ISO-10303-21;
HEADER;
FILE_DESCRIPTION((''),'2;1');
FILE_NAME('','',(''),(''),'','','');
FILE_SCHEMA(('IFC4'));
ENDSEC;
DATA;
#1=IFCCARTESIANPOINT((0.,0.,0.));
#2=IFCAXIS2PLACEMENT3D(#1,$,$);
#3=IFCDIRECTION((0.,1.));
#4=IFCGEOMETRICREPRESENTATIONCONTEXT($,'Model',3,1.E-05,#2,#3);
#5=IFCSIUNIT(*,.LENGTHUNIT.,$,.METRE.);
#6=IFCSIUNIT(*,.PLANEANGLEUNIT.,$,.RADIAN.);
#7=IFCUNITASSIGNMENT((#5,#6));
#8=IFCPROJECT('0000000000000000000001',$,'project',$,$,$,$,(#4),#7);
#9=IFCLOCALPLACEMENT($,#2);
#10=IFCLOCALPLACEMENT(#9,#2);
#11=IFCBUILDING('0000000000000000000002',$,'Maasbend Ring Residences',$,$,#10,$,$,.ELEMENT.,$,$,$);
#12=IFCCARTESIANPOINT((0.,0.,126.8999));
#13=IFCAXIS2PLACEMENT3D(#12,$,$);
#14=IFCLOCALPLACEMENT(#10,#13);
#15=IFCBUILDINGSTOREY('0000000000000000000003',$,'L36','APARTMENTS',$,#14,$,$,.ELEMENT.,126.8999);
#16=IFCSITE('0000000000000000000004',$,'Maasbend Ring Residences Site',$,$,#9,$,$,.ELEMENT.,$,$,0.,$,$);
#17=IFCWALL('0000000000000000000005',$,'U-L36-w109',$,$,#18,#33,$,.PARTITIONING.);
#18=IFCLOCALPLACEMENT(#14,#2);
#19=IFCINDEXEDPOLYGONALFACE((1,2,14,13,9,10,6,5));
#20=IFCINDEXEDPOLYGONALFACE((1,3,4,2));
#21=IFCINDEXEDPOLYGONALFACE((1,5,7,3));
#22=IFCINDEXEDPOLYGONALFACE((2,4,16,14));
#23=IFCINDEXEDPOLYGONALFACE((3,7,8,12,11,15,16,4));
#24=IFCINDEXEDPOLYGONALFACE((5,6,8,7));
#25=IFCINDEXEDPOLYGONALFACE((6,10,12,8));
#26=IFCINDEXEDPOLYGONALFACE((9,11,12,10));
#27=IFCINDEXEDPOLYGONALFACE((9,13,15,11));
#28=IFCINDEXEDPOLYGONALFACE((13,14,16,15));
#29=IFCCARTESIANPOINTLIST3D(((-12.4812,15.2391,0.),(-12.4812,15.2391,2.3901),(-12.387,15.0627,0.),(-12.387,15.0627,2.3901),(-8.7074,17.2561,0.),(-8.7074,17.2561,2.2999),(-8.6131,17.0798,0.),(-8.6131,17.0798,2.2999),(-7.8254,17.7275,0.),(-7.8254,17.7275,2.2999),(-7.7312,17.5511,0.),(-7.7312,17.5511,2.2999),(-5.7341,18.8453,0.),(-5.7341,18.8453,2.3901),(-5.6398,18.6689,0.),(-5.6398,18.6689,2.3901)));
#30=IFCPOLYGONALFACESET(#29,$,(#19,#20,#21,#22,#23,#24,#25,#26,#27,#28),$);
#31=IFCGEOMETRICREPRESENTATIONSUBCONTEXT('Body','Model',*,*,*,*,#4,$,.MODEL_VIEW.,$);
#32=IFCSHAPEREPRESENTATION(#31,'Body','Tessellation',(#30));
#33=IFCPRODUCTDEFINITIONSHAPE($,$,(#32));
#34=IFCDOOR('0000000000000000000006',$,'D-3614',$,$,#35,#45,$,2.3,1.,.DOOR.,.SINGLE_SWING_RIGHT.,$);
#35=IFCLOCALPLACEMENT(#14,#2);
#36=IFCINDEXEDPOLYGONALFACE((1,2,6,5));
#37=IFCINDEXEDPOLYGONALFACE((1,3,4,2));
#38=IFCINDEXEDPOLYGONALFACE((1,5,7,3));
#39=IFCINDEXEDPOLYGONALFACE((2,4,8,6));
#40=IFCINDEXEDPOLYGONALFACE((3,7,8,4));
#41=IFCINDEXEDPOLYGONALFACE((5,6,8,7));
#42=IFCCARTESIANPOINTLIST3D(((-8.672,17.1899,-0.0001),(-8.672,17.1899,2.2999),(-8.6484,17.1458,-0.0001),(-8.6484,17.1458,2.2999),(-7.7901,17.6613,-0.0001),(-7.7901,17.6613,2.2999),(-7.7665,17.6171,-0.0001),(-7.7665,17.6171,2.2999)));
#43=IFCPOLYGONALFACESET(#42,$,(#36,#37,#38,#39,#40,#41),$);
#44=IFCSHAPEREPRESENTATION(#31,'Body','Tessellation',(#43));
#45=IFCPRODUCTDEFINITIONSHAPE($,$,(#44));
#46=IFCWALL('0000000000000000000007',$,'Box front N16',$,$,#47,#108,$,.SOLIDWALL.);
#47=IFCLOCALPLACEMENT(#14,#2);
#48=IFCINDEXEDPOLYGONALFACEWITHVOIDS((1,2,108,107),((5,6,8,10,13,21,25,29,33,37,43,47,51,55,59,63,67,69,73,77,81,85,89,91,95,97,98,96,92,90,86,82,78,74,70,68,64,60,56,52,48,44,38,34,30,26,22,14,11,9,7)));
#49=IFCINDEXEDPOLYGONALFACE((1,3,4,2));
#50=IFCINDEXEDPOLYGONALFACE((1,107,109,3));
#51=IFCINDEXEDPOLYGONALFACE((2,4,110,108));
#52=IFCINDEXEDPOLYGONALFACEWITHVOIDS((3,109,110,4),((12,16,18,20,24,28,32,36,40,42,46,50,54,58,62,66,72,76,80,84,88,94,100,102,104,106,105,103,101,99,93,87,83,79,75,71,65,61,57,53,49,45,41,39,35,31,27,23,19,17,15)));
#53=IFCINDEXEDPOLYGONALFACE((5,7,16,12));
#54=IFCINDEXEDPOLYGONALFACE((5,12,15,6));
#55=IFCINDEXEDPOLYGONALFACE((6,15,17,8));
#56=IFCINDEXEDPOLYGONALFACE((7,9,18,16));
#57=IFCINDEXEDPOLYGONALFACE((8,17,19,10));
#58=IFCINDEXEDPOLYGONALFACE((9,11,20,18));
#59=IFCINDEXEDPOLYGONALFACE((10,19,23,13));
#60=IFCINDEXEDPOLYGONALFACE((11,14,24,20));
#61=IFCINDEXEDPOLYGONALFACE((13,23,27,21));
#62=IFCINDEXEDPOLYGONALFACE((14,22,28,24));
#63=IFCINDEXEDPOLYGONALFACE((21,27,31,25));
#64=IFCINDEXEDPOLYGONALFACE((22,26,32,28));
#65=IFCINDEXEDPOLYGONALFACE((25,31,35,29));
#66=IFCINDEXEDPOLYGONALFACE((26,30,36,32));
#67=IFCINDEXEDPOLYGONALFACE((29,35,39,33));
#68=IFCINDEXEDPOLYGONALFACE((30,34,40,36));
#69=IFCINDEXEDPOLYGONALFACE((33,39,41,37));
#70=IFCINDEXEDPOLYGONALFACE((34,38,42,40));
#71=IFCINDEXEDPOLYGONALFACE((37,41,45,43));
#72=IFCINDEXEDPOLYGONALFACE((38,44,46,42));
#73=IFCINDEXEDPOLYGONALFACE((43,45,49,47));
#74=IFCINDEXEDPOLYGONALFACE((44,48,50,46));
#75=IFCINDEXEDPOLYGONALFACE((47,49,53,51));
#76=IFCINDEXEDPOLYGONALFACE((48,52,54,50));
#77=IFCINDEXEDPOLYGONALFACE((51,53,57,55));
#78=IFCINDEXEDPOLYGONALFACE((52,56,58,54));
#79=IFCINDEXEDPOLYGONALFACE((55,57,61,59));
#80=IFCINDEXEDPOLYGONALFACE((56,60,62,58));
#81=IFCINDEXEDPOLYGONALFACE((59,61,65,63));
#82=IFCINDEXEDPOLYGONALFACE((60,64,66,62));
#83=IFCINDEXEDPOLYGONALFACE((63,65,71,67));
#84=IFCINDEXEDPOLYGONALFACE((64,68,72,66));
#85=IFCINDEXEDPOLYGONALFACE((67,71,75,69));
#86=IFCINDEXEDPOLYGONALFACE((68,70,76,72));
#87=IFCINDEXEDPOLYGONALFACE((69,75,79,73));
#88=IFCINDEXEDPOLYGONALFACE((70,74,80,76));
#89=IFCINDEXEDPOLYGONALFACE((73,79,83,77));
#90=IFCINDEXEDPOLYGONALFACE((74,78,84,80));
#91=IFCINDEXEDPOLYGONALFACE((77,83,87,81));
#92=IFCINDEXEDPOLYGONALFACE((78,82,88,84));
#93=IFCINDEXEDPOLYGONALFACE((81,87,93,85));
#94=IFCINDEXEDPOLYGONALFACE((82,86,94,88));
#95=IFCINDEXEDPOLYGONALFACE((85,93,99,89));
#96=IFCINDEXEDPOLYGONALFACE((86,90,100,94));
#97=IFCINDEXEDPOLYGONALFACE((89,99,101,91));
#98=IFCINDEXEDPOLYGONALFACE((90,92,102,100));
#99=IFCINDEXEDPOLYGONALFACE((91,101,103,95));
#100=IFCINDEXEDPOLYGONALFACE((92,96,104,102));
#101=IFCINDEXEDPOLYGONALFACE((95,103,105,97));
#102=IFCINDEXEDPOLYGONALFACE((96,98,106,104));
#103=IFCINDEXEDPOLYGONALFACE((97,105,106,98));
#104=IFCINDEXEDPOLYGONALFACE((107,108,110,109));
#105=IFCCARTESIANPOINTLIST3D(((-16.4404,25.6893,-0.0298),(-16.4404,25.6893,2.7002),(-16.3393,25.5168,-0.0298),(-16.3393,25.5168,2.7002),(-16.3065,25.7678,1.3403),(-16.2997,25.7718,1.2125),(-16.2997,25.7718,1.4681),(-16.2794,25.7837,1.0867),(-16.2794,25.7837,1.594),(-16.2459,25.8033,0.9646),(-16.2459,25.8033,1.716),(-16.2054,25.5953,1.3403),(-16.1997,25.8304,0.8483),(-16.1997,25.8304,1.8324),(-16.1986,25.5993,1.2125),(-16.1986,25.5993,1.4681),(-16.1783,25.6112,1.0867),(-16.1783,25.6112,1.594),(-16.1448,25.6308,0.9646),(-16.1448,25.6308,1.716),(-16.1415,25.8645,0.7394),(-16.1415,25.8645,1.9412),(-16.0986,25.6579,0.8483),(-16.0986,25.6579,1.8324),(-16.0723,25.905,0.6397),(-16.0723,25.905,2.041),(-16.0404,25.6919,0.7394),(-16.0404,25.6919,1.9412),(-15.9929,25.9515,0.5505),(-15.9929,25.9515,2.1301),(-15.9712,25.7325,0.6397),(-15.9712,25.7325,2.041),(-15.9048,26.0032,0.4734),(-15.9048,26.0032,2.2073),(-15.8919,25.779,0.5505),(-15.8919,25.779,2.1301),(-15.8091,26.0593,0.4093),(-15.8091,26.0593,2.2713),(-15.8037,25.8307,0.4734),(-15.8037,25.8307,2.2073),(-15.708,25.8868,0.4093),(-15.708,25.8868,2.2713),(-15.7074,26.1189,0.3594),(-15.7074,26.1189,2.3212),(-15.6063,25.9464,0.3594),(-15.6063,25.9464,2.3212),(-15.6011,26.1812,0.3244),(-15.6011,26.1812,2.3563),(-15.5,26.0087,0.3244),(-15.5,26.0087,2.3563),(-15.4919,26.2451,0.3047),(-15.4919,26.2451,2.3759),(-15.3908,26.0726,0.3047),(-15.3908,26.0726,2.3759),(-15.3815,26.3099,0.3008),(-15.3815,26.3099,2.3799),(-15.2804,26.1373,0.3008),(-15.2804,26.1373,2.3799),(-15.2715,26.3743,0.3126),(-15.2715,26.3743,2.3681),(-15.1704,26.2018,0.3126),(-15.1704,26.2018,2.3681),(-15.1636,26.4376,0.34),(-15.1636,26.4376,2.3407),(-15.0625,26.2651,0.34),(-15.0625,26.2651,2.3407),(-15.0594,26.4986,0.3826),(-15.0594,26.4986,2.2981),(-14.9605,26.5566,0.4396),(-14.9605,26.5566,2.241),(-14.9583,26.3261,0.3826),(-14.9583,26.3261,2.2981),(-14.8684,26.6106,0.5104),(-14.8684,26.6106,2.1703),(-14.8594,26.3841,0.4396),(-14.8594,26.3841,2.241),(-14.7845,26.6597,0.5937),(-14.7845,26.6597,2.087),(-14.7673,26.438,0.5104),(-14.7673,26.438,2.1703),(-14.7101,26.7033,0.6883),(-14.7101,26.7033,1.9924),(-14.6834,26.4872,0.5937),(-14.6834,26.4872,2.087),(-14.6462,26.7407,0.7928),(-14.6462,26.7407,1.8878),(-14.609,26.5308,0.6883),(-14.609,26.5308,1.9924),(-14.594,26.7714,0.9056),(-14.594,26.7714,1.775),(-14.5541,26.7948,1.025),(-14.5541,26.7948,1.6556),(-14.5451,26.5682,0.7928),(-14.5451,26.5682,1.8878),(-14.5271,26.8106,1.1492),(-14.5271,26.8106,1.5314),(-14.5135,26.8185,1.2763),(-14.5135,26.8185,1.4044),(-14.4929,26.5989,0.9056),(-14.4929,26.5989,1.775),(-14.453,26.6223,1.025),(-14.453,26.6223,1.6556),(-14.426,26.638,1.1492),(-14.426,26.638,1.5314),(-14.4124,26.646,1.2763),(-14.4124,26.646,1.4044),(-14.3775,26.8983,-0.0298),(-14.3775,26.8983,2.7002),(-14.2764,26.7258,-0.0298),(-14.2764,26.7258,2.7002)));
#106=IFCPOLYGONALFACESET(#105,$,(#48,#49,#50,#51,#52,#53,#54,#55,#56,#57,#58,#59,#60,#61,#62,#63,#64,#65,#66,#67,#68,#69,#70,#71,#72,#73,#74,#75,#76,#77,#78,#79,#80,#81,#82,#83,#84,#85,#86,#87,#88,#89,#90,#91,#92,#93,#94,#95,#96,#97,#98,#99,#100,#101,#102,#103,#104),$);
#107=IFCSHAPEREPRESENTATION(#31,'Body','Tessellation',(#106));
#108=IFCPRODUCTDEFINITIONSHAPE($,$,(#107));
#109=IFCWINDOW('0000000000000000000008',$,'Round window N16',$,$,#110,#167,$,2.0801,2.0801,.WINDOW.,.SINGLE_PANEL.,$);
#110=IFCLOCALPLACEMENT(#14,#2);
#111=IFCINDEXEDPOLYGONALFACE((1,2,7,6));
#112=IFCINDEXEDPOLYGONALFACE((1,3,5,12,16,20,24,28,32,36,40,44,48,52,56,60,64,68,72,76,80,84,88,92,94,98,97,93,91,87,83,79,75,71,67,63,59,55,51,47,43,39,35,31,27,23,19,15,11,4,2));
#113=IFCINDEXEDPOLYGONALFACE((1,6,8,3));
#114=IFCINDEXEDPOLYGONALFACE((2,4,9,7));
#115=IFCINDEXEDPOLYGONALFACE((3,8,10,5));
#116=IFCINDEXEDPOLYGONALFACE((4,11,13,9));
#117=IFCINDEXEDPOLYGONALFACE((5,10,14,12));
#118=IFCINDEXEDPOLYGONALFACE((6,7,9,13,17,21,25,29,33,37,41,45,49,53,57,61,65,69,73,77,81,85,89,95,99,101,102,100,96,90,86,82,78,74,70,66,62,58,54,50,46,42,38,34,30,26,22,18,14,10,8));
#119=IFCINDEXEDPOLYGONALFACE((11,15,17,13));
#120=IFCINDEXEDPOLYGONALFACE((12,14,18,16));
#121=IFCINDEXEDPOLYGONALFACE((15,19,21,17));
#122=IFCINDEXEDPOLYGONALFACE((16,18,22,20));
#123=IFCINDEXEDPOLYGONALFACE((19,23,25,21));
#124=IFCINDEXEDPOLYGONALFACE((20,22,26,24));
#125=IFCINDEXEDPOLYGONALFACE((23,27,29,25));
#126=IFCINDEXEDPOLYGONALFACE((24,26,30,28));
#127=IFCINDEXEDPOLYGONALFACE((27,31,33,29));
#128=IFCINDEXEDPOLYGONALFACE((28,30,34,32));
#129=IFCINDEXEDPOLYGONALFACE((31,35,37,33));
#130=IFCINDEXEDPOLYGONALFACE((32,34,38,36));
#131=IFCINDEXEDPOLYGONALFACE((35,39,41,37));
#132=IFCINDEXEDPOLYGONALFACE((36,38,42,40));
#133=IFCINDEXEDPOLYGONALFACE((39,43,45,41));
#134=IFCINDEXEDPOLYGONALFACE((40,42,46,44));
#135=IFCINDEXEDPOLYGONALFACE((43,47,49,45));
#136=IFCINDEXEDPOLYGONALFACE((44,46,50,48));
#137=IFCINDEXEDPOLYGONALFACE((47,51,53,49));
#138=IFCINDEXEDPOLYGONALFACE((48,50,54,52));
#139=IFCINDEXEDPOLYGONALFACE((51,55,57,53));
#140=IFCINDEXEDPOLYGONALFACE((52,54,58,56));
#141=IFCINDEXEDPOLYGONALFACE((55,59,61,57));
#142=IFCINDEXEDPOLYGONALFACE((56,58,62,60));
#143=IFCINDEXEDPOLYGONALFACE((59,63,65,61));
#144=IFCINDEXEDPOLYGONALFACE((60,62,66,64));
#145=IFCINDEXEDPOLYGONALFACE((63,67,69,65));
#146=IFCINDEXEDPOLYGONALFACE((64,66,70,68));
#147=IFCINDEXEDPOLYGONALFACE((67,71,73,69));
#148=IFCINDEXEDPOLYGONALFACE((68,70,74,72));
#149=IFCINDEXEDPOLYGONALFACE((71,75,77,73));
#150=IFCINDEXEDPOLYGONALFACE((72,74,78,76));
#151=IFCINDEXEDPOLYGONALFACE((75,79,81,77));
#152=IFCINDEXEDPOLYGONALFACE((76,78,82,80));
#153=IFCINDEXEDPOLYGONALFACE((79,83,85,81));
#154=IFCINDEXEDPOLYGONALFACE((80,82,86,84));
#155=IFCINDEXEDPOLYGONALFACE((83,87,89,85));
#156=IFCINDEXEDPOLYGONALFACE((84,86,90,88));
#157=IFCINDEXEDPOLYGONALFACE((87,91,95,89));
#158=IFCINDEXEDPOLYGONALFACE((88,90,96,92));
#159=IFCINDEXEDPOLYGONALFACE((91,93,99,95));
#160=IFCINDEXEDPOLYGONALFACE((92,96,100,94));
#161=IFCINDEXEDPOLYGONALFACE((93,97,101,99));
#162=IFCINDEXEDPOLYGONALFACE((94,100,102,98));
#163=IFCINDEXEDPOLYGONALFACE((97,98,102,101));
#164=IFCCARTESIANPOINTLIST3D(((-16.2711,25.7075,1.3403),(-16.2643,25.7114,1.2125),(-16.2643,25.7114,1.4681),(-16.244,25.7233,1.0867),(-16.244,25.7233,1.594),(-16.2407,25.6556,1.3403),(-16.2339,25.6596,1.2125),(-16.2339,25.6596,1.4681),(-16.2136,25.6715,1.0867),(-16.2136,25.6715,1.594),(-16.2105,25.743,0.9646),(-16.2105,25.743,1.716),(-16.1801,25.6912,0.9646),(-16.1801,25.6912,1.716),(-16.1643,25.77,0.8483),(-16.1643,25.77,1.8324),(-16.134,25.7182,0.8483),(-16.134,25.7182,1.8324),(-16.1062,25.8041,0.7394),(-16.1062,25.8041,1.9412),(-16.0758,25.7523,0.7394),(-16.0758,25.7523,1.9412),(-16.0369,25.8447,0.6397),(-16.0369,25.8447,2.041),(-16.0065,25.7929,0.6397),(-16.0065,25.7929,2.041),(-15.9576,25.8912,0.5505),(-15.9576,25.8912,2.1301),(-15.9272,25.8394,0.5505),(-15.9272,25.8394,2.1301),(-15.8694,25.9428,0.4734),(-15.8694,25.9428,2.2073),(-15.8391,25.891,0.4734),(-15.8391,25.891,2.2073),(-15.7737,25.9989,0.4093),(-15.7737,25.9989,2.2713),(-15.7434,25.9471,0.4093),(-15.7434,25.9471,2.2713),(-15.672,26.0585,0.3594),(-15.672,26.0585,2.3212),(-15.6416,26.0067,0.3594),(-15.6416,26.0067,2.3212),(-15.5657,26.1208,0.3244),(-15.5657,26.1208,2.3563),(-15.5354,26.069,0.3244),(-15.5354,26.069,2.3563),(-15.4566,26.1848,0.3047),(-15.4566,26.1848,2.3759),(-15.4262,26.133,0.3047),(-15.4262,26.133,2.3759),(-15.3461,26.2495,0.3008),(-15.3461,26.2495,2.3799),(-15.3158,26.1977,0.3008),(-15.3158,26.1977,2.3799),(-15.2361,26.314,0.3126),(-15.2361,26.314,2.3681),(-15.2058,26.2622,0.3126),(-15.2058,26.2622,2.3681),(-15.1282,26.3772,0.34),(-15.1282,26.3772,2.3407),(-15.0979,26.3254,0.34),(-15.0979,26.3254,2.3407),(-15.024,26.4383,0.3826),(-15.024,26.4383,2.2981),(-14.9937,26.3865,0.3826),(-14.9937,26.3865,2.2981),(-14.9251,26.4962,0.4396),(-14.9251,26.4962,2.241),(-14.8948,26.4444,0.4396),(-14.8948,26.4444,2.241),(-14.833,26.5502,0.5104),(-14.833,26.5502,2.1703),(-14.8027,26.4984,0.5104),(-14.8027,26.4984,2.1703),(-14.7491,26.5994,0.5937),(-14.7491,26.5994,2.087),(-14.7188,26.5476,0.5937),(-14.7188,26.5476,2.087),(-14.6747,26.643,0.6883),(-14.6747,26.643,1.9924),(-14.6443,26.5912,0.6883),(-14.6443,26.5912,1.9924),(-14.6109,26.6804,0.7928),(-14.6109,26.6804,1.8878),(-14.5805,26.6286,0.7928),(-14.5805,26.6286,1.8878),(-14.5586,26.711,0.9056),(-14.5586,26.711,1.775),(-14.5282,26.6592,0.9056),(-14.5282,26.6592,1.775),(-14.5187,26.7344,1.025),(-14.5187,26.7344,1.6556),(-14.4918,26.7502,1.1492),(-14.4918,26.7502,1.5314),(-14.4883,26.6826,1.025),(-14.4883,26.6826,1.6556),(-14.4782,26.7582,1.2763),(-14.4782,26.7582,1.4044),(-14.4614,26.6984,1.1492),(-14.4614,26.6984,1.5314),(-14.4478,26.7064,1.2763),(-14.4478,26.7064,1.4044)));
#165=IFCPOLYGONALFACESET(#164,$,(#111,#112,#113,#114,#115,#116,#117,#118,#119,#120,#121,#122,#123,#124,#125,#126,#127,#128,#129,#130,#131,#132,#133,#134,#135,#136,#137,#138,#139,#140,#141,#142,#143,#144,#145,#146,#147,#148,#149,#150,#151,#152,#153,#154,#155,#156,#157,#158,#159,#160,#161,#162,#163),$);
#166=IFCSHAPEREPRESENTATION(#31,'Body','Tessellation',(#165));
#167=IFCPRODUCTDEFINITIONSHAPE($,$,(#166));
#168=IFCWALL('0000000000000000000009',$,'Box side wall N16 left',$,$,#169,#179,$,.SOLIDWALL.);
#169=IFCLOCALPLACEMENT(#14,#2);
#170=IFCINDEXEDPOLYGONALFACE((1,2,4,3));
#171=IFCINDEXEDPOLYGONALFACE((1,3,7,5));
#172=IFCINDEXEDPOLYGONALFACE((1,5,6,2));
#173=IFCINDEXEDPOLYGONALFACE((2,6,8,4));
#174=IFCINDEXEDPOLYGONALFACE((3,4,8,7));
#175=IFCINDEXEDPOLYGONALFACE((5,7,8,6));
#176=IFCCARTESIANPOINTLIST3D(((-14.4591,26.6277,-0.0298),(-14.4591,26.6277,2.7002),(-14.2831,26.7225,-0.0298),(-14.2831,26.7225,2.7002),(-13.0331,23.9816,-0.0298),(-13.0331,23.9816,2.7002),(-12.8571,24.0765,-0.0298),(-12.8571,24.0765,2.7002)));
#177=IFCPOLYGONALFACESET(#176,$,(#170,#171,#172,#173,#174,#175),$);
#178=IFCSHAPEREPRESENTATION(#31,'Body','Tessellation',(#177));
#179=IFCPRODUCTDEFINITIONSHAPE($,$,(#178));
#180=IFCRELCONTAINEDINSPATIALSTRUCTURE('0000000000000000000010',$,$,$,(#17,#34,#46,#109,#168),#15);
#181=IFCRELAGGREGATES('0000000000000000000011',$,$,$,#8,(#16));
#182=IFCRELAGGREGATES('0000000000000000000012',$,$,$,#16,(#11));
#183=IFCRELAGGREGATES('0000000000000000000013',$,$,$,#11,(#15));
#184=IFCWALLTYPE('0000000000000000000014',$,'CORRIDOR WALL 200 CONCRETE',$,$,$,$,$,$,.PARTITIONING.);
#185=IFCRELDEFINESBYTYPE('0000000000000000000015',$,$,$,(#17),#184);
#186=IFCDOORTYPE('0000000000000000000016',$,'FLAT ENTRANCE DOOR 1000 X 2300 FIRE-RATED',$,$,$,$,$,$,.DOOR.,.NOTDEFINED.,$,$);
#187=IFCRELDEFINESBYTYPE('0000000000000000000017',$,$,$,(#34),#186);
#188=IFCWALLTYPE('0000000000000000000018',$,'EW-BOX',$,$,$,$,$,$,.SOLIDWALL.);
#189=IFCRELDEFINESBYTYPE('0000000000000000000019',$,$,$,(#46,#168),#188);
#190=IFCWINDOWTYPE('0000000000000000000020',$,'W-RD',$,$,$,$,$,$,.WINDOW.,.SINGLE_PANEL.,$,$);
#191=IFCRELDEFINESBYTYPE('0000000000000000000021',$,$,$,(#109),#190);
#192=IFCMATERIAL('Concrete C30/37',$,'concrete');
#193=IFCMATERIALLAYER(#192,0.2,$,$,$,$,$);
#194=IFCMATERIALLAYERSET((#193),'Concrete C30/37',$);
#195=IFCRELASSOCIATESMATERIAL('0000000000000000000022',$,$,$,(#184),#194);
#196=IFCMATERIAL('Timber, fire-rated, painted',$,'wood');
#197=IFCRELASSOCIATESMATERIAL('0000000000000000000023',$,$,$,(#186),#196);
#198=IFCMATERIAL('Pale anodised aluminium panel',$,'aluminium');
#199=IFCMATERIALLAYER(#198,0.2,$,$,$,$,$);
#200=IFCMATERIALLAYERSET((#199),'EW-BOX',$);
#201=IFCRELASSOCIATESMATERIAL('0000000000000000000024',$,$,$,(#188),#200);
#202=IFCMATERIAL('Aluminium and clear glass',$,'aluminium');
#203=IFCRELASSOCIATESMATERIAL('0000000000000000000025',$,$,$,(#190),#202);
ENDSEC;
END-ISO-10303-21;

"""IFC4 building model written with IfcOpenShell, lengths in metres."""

from ifc_helpers import new_model, si_unit, direction, frame, frame_2d, origin, place, context, subcontext, project, spatial, rectangle, circle, extrude, material, layer, layer_set, type_object, element, fill, save


model = new_model("IFC4")

# Units and contexts
model_context = context("Model", 3, precision=1e-05, world=origin(), true_north=direction((0.0, 1.0)))
body_context = subcontext(model_context, "Body", "Model", "MODEL_VIEW")
ifc_project = project(units=[si_unit("LENGTHUNIT", "METRE"), si_unit("PLANEANGLEUNIT", "RADIAN")], contexts=[model_context])

# Site, building, storey
site_placement = place(None, origin())
site = spatial("IfcSite", under=ifc_project, at=site_placement, Name="Maasbend Ring Residences Site", CompositionType="ELEMENT", RefElevation=0.0)
building_placement = place(site_placement, origin())
building = spatial("IfcBuilding", under=site, at=building_placement, Name="Maasbend Ring Residences", CompositionType="ELEMENT")
storey_placement = place(building_placement, frame((0.0, 0.0, 126.8999)))
storey = spatial("IfcBuildingStorey", under=building, at=storey_placement, Name="L36", Description="APARTMENTS", CompositionType="ELEMENT", Elevation=126.8999)

# Wall, opening, door
ifc_material_1 = material(Name="Concrete C30/37", Category="concrete")
ifc_layer_1 = layer(ifc_material_1, 0.2)
ifc_layer_set_1 = layer_set([ifc_layer_1], Name="Concrete C30/37")
wall_type_1 = type_object("IfcWallType", Name="CORRIDOR WALL 200 CONCRETE", PredefinedType="PARTITIONING", material=ifc_layer_set_1)
wall_1_placement = place(storey_placement, frame((-12.4341, 15.1509, 0.0), z_axis=(0.0, 0.0, 1.0), x_axis=(0.881931, 0.471378, 0.0)))
wall_1 = element("IfcWall", 1, at=wall_1_placement, inside=storey, type_object=wall_type_1, Name="U-L36-w109", PredefinedType="PARTITIONING", context=body_context, shape_type="SweptSolid", body=[
    extrude(rectangle(XDim=7.6504, YDim=0.2, at=frame_2d((3.8252, 0.0))), origin(), (0.0, 0.0, 1.0), 2.3901),
])
opening_1_placement = place(wall_1_placement, frame((4.2791, 0.0, 0.0)))
opening_1 = element("IfcOpeningElement", 2, at=opening_1_placement, cuts=wall_1, PredefinedType="OPENING", context=body_context, shape_type="SweptSolid", body=[
    extrude(rectangle(XDim=1.0, YDim=2.3, at=frame_2d((0.5, 1.1499))), frame((0.0, 0.1099, 0.0), z_axis=(0.0, -1.0, 0.0), x_axis=(1.0, 0.0, 0.0)), (0.0, 0.0, 1.0), 0.22),
])
ifc_material_2 = material(Name="Timber, fire-rated, painted", Category="wood")
door_type_1 = type_object("IfcDoorType", Name="FLAT ENTRANCE DOOR 1000 X 2300 FIRE-RATED", OperationType="NOTDEFINED", PredefinedType="DOOR", material=ifc_material_2)
door_1_placement = place(opening_1_placement, origin())
door_1 = element("IfcDoor", 3, at=door_1_placement, inside=storey, type_object=door_type_1, Name="D-3614", OperationType="SINGLE_SWING_RIGHT", OverallHeight=2.3, OverallWidth=1.0, PredefinedType="DOOR", context=body_context, shape_type="SweptSolid", body=[
    extrude(rectangle(XDim=1.0, YDim=2.3, at=frame_2d((0.5, 1.1499))), frame((0.0, 0.0249, 0.0), z_axis=(0.0, -1.0, 0.0), x_axis=(1.0, 0.0, 0.0)), (0.0, 0.0, 1.0), 0.05),
])
fill(opening_1, door_1)

# Wall, opening, window
ifc_material_3 = material(Name="Pale anodised aluminium panel", Category="aluminium")
ifc_layer_2 = layer(ifc_material_3, 0.2)
ifc_layer_set_2 = layer_set([ifc_layer_2], Name="EW-BOX")
wall_type_2 = type_object("IfcWallType", Name="EW-BOX", PredefinedType="SOLIDWALL", material=ifc_layer_set_2)
wall_2_placement = place(storey_placement, frame((-14.3269, 26.812, -0.0298), z_axis=(0.0, 0.0, 1.0), x_axis=(-0.862762, -0.505609, 0.0)))
wall_2 = element("IfcWall", 4, at=wall_2_placement, inside=storey, type_object=wall_type_2, Name="Box front N16", PredefinedType="SOLIDWALL", context=body_context, shape_type="SweptSolid", body=[
    extrude(rectangle(XDim=2.3911, YDim=0.2, at=frame_2d((1.1956, 0.0))), origin(), (0.0, 0.0, 1.0), 2.73),
])
opening_2_placement = place(wall_2_placement, frame((0.1558, 0.0, 0.3301)))
opening_2 = element("IfcOpeningElement", 5, at=opening_2_placement, cuts=wall_2, PredefinedType="OPENING", context=body_context, shape_type="SweptSolid", body=[
    extrude(circle(Radius=1.04, at=frame_2d((1.04, 1.04))), frame((0.0, 0.1099, 0.0), z_axis=(0.0, -1.0, 0.0), x_axis=(1.0, 0.0, 0.0)), (0.0, 0.0, 1.0), 0.22),
])
ifc_material_4 = material(Name="Aluminium and clear glass", Category="aluminium")
window_type_1 = type_object("IfcWindowType", Name="W-RD", PartitioningType="SINGLE_PANEL", PredefinedType="WINDOW", material=ifc_material_4)
window_1_placement = place(opening_2_placement, origin())
window_1 = element("IfcWindow", 6, at=window_1_placement, inside=storey, type_object=window_type_1, Name="Round window N16", OverallHeight=2.0801, OverallWidth=2.0801, PartitioningType="SINGLE_PANEL", PredefinedType="WINDOW", context=body_context, shape_type="SweptSolid", body=[
    extrude(circle(Radius=1.04, at=frame_2d((1.04, 1.04))), frame((0.0, 0.03, 0.0), z_axis=(0.0, -1.0, 0.0), x_axis=(1.0, 0.0, 0.0)), (0.0, 0.0, 1.0), 0.0601),
])
fill(opening_2, window_1)

# Wall
wall_3_placement = place(storey_placement, frame((-12.9451, 24.0291, -0.0298), z_axis=(0.0, 0.0, 1.0), x_axis=(-0.474424, 0.880296, 0.0)))
element("IfcWall", 7, at=wall_3_placement, inside=storey, type_object=wall_type_2, Name="Box side wall N16 left", PredefinedType="SOLIDWALL", context=body_context, shape_type="SweptSolid", body=[
    extrude(rectangle(XDim=3.0059, YDim=0.2, at=frame_2d((1.5029, 0.0))), origin(), (0.0, 0.0, 1.0), 2.73),
])

save(model, "model.ifc")
